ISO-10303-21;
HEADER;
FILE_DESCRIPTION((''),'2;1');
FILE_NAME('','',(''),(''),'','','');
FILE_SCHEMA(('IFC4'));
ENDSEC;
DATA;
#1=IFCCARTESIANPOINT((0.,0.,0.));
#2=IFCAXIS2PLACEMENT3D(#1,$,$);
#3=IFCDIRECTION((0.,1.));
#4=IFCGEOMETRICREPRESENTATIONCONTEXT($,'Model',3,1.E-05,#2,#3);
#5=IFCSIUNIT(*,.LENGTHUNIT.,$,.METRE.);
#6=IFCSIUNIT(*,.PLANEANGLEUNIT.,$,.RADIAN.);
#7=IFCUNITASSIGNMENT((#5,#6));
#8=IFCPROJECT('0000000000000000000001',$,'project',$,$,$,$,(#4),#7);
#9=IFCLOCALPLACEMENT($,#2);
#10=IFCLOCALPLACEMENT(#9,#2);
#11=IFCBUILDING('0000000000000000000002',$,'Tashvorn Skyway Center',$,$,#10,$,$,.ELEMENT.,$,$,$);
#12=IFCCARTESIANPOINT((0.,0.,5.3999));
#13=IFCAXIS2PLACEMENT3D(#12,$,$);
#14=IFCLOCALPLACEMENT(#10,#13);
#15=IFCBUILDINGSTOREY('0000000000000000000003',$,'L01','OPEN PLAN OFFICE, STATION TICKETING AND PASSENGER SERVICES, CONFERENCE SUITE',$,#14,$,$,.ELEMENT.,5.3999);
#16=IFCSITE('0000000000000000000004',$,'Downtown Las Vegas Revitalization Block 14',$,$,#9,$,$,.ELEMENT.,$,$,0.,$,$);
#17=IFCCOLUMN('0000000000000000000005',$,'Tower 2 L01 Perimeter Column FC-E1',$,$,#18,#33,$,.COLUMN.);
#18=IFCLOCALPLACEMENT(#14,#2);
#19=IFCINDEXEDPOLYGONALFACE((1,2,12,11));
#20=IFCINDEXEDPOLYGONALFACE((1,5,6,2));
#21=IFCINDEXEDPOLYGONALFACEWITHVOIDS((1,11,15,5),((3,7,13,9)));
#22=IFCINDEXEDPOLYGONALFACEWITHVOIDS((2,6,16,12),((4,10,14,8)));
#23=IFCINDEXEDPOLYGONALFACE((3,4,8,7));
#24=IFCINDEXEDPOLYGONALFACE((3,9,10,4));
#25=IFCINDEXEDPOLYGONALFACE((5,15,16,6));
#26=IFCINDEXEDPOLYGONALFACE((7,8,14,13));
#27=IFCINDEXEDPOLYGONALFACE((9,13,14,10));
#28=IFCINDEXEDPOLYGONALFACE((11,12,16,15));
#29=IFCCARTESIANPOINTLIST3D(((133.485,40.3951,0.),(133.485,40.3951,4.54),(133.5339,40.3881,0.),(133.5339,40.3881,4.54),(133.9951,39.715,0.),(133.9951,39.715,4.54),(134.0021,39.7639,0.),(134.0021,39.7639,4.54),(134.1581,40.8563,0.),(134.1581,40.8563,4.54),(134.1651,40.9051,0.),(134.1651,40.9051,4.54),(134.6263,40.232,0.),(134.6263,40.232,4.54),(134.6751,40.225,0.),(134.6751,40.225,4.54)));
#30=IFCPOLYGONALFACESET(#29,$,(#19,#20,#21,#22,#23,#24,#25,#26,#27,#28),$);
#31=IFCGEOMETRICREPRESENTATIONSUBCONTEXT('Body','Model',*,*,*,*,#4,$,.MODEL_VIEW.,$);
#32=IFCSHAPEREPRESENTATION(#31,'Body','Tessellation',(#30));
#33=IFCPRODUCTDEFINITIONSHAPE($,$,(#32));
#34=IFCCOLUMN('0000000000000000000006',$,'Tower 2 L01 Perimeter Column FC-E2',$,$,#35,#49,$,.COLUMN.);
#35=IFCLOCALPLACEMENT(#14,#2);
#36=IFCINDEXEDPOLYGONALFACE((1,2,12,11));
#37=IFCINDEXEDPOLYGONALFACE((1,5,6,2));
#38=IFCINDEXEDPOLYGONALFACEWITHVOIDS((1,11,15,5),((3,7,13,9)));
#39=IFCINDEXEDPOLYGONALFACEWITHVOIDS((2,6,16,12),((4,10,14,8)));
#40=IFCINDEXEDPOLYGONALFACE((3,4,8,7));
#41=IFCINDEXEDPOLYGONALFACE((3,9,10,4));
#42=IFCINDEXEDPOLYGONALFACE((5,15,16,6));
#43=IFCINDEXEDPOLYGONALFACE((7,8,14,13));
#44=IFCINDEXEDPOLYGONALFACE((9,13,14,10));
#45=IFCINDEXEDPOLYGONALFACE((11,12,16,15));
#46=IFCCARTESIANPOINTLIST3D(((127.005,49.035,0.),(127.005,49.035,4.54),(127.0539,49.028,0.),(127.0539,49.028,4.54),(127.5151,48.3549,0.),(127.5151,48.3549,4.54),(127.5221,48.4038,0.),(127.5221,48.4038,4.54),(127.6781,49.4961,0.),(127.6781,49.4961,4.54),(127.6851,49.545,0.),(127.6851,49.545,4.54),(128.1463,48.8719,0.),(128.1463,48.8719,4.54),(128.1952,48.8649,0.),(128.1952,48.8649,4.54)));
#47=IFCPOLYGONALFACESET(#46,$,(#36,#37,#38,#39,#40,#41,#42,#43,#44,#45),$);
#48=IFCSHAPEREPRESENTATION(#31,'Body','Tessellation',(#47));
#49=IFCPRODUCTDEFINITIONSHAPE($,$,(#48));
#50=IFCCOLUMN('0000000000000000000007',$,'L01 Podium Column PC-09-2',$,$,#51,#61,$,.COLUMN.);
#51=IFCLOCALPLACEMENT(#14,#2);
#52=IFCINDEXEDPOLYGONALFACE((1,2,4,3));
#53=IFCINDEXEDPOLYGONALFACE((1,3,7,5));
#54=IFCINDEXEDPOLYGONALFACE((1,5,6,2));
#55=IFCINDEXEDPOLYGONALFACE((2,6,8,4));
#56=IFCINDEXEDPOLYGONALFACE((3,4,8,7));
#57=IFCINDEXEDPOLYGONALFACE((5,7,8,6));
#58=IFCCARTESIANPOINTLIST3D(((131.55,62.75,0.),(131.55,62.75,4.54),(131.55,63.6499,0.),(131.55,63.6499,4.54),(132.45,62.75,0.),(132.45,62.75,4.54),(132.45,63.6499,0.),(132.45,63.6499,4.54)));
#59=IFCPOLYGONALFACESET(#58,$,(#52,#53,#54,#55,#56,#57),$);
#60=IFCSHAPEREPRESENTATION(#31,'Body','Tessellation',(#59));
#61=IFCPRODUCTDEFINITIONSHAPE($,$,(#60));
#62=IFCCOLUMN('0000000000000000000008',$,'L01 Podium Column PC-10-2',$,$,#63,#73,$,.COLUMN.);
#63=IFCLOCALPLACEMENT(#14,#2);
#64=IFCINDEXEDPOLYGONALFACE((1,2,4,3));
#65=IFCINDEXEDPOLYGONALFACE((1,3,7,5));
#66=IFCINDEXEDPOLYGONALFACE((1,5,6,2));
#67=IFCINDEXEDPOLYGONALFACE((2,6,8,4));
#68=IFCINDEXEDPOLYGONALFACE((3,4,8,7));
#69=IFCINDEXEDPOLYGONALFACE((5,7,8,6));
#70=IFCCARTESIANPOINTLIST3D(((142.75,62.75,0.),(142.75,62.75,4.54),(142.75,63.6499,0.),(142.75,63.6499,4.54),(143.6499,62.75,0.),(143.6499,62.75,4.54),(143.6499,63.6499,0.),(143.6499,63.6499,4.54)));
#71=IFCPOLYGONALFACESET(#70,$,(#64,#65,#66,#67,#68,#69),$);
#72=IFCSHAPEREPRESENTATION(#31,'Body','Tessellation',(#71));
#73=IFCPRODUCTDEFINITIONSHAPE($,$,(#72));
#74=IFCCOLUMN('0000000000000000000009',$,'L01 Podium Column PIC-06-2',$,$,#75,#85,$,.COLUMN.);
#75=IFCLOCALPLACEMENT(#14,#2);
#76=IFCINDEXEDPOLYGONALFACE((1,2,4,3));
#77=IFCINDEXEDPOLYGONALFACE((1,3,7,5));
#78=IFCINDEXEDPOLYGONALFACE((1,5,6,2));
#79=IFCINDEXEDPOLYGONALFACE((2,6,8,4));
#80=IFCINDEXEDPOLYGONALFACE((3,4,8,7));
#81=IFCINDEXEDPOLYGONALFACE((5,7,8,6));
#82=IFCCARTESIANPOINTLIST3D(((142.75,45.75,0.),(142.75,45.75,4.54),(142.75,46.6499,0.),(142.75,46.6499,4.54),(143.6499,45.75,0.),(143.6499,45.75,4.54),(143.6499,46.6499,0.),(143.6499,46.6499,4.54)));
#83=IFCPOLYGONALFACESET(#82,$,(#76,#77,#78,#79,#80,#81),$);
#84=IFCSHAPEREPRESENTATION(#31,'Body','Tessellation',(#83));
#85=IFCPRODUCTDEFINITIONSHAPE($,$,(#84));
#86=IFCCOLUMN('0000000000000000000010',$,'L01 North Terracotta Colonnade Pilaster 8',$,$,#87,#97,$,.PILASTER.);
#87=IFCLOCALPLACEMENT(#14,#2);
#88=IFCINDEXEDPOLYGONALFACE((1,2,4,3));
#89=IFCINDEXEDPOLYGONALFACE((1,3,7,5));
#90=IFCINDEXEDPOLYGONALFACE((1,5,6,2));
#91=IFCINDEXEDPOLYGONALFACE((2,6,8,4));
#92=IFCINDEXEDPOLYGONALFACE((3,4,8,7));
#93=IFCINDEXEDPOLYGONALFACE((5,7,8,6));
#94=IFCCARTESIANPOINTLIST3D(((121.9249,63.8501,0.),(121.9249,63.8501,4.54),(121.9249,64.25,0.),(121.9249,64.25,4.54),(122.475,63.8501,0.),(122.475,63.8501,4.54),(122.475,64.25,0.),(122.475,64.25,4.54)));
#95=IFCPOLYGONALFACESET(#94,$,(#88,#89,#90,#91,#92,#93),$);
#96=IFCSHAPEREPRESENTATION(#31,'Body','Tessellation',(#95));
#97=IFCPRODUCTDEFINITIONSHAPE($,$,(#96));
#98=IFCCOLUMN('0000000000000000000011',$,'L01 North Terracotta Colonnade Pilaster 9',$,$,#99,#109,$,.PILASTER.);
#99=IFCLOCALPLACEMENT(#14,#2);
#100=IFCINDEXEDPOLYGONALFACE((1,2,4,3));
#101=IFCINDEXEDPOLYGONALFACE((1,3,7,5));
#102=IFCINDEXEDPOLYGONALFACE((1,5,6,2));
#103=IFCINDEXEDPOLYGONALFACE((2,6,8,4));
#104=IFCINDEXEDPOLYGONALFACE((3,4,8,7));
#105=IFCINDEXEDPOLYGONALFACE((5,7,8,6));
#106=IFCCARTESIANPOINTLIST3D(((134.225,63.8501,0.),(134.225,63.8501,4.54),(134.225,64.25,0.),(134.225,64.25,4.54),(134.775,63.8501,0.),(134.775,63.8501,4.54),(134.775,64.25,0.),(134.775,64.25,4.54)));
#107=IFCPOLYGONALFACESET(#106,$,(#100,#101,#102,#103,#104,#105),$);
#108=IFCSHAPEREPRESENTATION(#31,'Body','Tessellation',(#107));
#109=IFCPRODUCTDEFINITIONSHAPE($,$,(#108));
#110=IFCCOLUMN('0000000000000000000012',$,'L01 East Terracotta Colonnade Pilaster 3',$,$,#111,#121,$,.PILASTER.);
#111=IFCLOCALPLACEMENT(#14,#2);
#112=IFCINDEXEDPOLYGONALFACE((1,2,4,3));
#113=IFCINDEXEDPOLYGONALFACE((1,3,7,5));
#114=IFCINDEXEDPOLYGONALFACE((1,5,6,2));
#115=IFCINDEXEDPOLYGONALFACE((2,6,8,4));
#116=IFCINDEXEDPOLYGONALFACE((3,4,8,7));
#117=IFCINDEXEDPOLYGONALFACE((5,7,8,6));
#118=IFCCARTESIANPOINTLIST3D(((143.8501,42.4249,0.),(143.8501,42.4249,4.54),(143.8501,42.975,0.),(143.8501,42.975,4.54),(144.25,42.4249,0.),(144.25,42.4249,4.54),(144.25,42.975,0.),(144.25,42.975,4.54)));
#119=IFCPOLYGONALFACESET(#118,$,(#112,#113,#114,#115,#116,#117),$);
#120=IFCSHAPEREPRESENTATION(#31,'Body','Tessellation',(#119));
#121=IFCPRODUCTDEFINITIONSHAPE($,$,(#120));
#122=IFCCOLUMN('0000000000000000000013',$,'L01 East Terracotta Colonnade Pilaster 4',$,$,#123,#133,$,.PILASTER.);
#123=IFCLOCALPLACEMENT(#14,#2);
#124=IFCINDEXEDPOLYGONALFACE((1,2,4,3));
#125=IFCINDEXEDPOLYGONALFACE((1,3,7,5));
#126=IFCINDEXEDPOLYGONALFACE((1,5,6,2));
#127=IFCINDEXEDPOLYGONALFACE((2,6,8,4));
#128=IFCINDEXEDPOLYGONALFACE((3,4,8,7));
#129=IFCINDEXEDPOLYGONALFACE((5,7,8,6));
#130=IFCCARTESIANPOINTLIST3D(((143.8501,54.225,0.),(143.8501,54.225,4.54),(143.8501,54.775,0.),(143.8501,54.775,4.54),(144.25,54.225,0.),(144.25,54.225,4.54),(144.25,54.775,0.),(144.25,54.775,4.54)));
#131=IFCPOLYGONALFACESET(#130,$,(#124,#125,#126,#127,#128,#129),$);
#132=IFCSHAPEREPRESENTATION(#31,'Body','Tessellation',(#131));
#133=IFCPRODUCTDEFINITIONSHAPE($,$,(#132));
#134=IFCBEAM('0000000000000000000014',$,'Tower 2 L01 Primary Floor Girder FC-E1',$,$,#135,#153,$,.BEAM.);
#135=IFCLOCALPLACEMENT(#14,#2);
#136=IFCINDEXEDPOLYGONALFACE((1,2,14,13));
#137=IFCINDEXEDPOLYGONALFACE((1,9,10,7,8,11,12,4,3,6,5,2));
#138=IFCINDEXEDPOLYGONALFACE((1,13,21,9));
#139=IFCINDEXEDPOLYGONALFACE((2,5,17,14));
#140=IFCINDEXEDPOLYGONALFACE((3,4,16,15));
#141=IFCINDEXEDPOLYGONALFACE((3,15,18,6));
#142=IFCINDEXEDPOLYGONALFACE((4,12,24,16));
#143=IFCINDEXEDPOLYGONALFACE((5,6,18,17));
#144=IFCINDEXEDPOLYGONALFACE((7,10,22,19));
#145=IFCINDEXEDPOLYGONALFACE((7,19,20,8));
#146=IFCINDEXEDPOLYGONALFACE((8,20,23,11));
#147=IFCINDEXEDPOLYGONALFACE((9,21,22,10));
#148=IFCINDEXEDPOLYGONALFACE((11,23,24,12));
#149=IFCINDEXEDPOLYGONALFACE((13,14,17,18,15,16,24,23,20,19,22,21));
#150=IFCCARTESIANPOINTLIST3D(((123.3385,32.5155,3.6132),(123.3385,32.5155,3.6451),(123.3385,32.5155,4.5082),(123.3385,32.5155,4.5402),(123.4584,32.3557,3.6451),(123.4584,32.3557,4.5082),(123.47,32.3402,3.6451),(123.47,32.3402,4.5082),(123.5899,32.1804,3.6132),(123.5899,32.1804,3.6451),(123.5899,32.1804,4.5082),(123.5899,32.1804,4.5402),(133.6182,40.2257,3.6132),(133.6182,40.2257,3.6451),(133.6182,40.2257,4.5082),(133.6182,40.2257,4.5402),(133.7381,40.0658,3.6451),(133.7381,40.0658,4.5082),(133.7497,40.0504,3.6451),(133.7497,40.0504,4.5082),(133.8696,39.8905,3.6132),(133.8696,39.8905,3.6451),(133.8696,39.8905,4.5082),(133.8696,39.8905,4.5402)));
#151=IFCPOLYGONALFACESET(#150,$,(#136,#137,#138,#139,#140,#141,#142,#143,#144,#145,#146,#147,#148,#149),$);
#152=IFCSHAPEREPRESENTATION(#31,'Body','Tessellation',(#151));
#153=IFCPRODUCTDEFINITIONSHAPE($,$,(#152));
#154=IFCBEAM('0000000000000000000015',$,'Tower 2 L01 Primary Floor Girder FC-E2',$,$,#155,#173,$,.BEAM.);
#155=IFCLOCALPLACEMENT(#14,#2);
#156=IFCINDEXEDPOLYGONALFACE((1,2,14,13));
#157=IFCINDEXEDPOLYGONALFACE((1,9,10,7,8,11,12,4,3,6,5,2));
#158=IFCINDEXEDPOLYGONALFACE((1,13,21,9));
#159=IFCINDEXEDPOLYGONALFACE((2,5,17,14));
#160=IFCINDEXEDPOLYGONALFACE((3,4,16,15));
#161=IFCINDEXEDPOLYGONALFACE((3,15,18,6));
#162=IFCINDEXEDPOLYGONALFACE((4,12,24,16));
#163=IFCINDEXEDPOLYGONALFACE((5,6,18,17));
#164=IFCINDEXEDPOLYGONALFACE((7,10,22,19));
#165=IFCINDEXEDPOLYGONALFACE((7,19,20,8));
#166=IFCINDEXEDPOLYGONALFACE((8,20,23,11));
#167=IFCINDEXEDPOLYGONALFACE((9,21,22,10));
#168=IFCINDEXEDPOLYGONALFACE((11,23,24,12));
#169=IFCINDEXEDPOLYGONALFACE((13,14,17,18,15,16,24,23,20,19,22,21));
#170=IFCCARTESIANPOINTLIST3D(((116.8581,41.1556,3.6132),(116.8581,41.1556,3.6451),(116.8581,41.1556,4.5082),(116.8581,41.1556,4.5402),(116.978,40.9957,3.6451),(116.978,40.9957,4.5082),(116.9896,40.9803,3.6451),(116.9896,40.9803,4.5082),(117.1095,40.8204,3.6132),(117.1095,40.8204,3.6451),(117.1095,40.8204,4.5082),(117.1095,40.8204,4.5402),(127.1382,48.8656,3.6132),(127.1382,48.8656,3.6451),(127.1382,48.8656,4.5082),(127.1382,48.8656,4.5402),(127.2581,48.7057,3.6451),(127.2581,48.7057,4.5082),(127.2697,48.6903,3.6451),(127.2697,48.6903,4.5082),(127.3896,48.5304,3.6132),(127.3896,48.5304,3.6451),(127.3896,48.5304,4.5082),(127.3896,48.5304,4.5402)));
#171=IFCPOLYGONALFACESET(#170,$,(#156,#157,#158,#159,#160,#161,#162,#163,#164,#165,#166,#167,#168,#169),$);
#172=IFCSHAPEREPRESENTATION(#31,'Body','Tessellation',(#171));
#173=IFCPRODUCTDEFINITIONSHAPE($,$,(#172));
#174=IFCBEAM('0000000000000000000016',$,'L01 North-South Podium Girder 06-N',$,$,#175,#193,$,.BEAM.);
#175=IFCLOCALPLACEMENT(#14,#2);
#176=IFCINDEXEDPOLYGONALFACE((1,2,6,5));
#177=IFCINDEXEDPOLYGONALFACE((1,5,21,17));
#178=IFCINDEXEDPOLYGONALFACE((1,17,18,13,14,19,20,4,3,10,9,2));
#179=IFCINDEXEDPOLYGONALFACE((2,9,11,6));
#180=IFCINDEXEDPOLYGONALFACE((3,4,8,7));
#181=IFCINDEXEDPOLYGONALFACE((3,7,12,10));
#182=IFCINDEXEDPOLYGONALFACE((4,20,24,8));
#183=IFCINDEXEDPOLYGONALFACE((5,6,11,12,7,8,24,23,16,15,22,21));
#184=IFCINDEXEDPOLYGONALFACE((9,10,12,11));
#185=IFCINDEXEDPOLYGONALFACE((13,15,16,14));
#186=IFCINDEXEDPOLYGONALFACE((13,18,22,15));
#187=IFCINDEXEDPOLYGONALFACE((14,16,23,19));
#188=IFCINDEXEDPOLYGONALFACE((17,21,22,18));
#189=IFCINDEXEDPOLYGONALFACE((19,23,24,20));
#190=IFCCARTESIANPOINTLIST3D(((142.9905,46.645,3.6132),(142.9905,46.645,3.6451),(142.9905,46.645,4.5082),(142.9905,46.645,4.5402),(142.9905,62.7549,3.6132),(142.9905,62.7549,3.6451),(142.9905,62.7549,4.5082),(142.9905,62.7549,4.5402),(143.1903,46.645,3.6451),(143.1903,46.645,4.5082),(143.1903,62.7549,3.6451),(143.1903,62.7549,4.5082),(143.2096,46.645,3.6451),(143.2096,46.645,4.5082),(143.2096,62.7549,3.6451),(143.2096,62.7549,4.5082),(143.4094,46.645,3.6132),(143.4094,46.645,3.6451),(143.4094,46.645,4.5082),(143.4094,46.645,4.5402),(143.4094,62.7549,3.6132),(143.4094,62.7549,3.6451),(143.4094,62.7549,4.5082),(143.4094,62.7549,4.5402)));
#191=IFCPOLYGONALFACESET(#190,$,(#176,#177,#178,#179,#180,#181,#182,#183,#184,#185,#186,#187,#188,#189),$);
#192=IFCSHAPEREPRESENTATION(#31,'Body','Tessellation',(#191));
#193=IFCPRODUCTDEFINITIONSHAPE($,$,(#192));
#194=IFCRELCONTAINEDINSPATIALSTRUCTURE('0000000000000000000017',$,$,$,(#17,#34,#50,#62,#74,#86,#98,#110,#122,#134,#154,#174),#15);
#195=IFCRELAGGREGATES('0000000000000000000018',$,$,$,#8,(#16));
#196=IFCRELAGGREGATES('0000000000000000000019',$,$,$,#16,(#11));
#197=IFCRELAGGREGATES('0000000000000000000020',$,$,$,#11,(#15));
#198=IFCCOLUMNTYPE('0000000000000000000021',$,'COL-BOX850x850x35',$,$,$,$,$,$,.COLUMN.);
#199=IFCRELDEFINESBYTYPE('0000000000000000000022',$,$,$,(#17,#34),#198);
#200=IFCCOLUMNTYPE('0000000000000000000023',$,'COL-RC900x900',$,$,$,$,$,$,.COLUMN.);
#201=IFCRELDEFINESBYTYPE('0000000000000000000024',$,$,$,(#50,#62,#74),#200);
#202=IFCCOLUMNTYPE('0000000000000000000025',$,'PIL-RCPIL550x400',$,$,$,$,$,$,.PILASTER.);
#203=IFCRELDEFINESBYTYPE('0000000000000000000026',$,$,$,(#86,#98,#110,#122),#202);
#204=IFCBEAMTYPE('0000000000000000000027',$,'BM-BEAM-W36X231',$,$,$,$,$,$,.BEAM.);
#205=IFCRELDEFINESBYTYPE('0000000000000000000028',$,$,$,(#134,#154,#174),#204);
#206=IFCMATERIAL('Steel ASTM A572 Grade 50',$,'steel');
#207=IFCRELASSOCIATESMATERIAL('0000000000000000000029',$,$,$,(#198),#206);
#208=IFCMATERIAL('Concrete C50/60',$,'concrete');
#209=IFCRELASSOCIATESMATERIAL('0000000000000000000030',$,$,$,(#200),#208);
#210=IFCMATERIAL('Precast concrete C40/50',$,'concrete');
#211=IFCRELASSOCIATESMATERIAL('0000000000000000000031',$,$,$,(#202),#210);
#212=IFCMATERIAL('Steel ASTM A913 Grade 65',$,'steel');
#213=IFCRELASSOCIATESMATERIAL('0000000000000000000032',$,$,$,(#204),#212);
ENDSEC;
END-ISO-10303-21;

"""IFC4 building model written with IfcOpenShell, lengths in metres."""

from ifc_helpers import new_model, si_unit, direction, frame, origin, origin_2d, place, context, subcontext, project, spatial, rectangle, hollow_rectangle, i_section, extrude, material, material_profile, profile_set, type_object, element, save


model = new_model("IFC4")

# Units and contexts
model_context = context("Model", 3, precision=1e-05, world=origin(), true_north=direction((0.0, 1.0)))
body_context = subcontext(model_context, "Body", "Model", "MODEL_VIEW")
ifc_project = project(units=[si_unit("LENGTHUNIT", "METRE"), si_unit("PLANEANGLEUNIT", "RADIAN")], contexts=[model_context])

# Site, building, storey
site_placement = place(None, origin())
site = spatial("IfcSite", under=ifc_project, at=site_placement, Name="Downtown Las Vegas Revitalization Block 14", CompositionType="ELEMENT", RefElevation=0.0)
building_placement = place(site_placement, origin())
building = spatial("IfcBuilding", under=site, at=building_placement, Name="Tashvorn Skyway Center", CompositionType="ELEMENT")
storey_placement = place(building_placement, frame((0.0, 0.0, 5.3999)))
storey = spatial("IfcBuildingStorey", under=building, at=storey_placement, Name="L01", Description="OPEN PLAN OFFICE, STATION TICKETING AND PASSENGER SERVICES, CONFERENCE SUITE", CompositionType="ELEMENT", Elevation=5.3999)

# Columns
ifc_material_1 = material(Name="Steel ASTM A572 Grade 50", Category="steel")
ifc_material_profile_1 = material_profile(ifc_material_1, hollow_rectangle(XDim=0.8501, YDim=0.8501, WallThickness=0.0349, at=origin_2d()), Name="BOX850x850x35")
ifc_profile_set_1 = profile_set([ifc_material_profile_1], Name="Steel ASTM A572 Grade 50")
column_type_1 = type_object("IfcColumnType", Name="COL-BOX850x850x35", PredefinedType="COLUMN", material=ifc_profile_set_1)
for number, where, z_axis, x_axis, name in (
    (1, (134.0801, 40.3101, 0.0), (0.0, 0.0, 1.0), (0.8, 0.6, 0.0), "Tower 2 L01 Perimeter Column FC-E1"),
    (2, (127.6001, 48.95, 0.0), (0.0, 0.0, 1.0), (0.8, 0.6, 0.0), "Tower 2 L01 Perimeter Column FC-E2"),
):
    element("IfcColumn", number, at=place(storey_placement, frame(where, z_axis=z_axis, x_axis=x_axis)), inside=storey, type_object=column_type_1, Name=name, PredefinedType="COLUMN", context=body_context, shape_type="SweptSolid", body=[
        extrude(hollow_rectangle(XDim=0.8501, YDim=0.8501, WallThickness=0.0349, at=origin_2d()), origin(), (0.0, 0.0, 1.0), 4.54),
    ])
ifc_material_2 = material(Name="Concrete C50/60", Category="concrete")
ifc_material_profile_2 = material_profile(ifc_material_2, rectangle(XDim=0.8999, YDim=0.8999, at=origin_2d()), Name="RC900x900")
ifc_profile_set_2 = profile_set([ifc_material_profile_2], Name="Concrete C50/60")
column_type_2 = type_object("IfcColumnType", Name="COL-RC900x900", PredefinedType="COLUMN", material=ifc_profile_set_2)
for number, where, z_axis, x_axis, name in (
    (3, (132.0, 63.2, 0.0), (0.0, 0.0, 1.0), (1.0, 0.0, 0.0), "L01 Podium Column PC-09-2"),
    (4, (143.2, 63.2, 0.0), (0.0, 0.0, 1.0), (1.0, 0.0, 0.0), "L01 Podium Column PC-10-2"),
    (5, (143.2, 46.2, 0.0), (0.0, 0.0, 1.0), (1.0, 0.0, 0.0), "L01 Podium Column PIC-06-2"),
):
    element("IfcColumn", number, at=place(storey_placement, frame(where, z_axis=z_axis, x_axis=x_axis)), inside=storey, type_object=column_type_2, Name=name, PredefinedType="COLUMN", context=body_context, shape_type="SweptSolid", body=[
        extrude(rectangle(XDim=0.8999, YDim=0.8999, at=origin_2d()), origin(), (0.0, 0.0, 1.0), 4.54),
    ])
ifc_material_3 = material(Name="Precast concrete C40/50", Category="concrete")
ifc_material_profile_3 = material_profile(ifc_material_3, rectangle(XDim=0.55, YDim=0.3999, at=origin_2d()), Name="RCPIL550x400")
ifc_profile_set_3 = profile_set([ifc_material_profile_3], Name="Precast concrete C40/50")
column_type_3 = type_object("IfcColumnType", Name="PIL-RCPIL550x400", PredefinedType="PILASTER", material=ifc_profile_set_3)
for number, where, z_axis, x_axis, name in (
    (6, (122.2, 64.05, 0.0), (0.0, 0.0, 1.0), (1.0, 0.0, 0.0), "L01 North Terracotta Colonnade Pilaster 8"),
    (7, (134.5, 64.05, 0.0), (0.0, 0.0, 1.0), (1.0, 0.0, 0.0), "L01 North Terracotta Colonnade Pilaster 9"),
    (8, (144.05, 42.7, 0.0), (0.0, 0.0, 1.0), (0.0, 1.0, 0.0), "L01 East Terracotta Colonnade Pilaster 3"),
    (9, (144.05, 54.5, 0.0), (0.0, 0.0, 1.0), (0.0, 1.0, 0.0), "L01 East Terracotta Colonnade Pilaster 4"),
):
    element("IfcColumn", number, at=place(storey_placement, frame(where, z_axis=z_axis, x_axis=x_axis)), inside=storey, type_object=column_type_3, Name=name, PredefinedType="PILASTER", context=body_context, shape_type="SweptSolid", body=[
        extrude(rectangle(XDim=0.55, YDim=0.3999, at=origin_2d()), origin(), (0.0, 0.0, 1.0), 4.54),
    ])

# Beams
ifc_material_4 = material(Name="Steel ASTM A913 Grade 65", Category="steel")
ifc_material_profile_4 = material_profile(ifc_material_4, i_section(OverallWidth=0.4189, OverallDepth=0.927, WebThickness=0.0193, FlangeThickness=0.032, at=origin_2d()), Name="W36X231")
ifc_profile_set_4 = profile_set([ifc_material_profile_4], Name="Steel ASTM A913 Grade 65")
beam_type_1 = type_object("IfcBeamType", Name="BM-BEAM-W36X231", PredefinedType="BEAM", material=ifc_profile_set_4)
beam_1_placement = place(storey_placement, frame((133.7439, 40.0581, 4.0767), z_axis=(-0.799986, -0.600018, 0.0), x_axis=(0.600018, -0.799986, 0.0)))
element("IfcBeam", 10, at=beam_1_placement, inside=storey, type_object=beam_type_1, Name="Tower 2 L01 Primary Floor Girder FC-E1", PredefinedType="BEAM", context=body_context, shape_type="SweptSolid", body=[
    extrude(i_section(OverallWidth=0.4189, OverallDepth=0.927, WebThickness=0.0193, FlangeThickness=0.032, at=origin_2d()), origin(), (0.0, 0.0, 1.0), 12.8499),
])
beam_2_placement = place(storey_placement, frame((127.2639, 48.698, 4.0767), z_axis=(-0.800002, -0.599997, 0.0), x_axis=(0.599997, -0.800002, 0.0)))
element("IfcBeam", 11, at=beam_2_placement, inside=storey, type_object=beam_type_1, Name="Tower 2 L01 Primary Floor Girder FC-E2", PredefinedType="BEAM", context=body_context, shape_type="SweptSolid", body=[
    extrude(i_section(OverallWidth=0.4189, OverallDepth=0.927, WebThickness=0.0193, FlangeThickness=0.032, at=origin_2d()), origin(), (0.0, 0.0, 1.0), 12.8501),
])
beam_3_placement = place(storey_placement, frame((143.2, 46.645, 4.0767), z_axis=(0.0, 1.0, 0.0), x_axis=(-1.0, 0.0, 0.0)))
element("IfcBeam", 12, at=beam_3_placement, inside=storey, type_object=beam_type_1, Name="L01 North-South Podium Girder 06-N", PredefinedType="BEAM", context=body_context, shape_type="SweptSolid", body=[
    extrude(i_section(OverallWidth=0.4189, OverallDepth=0.927, WebThickness=0.0193, FlangeThickness=0.032, at=origin_2d()), origin(), (0.0, 0.0, 1.0), 16.1099),
])

save(model, "model.ifc")
